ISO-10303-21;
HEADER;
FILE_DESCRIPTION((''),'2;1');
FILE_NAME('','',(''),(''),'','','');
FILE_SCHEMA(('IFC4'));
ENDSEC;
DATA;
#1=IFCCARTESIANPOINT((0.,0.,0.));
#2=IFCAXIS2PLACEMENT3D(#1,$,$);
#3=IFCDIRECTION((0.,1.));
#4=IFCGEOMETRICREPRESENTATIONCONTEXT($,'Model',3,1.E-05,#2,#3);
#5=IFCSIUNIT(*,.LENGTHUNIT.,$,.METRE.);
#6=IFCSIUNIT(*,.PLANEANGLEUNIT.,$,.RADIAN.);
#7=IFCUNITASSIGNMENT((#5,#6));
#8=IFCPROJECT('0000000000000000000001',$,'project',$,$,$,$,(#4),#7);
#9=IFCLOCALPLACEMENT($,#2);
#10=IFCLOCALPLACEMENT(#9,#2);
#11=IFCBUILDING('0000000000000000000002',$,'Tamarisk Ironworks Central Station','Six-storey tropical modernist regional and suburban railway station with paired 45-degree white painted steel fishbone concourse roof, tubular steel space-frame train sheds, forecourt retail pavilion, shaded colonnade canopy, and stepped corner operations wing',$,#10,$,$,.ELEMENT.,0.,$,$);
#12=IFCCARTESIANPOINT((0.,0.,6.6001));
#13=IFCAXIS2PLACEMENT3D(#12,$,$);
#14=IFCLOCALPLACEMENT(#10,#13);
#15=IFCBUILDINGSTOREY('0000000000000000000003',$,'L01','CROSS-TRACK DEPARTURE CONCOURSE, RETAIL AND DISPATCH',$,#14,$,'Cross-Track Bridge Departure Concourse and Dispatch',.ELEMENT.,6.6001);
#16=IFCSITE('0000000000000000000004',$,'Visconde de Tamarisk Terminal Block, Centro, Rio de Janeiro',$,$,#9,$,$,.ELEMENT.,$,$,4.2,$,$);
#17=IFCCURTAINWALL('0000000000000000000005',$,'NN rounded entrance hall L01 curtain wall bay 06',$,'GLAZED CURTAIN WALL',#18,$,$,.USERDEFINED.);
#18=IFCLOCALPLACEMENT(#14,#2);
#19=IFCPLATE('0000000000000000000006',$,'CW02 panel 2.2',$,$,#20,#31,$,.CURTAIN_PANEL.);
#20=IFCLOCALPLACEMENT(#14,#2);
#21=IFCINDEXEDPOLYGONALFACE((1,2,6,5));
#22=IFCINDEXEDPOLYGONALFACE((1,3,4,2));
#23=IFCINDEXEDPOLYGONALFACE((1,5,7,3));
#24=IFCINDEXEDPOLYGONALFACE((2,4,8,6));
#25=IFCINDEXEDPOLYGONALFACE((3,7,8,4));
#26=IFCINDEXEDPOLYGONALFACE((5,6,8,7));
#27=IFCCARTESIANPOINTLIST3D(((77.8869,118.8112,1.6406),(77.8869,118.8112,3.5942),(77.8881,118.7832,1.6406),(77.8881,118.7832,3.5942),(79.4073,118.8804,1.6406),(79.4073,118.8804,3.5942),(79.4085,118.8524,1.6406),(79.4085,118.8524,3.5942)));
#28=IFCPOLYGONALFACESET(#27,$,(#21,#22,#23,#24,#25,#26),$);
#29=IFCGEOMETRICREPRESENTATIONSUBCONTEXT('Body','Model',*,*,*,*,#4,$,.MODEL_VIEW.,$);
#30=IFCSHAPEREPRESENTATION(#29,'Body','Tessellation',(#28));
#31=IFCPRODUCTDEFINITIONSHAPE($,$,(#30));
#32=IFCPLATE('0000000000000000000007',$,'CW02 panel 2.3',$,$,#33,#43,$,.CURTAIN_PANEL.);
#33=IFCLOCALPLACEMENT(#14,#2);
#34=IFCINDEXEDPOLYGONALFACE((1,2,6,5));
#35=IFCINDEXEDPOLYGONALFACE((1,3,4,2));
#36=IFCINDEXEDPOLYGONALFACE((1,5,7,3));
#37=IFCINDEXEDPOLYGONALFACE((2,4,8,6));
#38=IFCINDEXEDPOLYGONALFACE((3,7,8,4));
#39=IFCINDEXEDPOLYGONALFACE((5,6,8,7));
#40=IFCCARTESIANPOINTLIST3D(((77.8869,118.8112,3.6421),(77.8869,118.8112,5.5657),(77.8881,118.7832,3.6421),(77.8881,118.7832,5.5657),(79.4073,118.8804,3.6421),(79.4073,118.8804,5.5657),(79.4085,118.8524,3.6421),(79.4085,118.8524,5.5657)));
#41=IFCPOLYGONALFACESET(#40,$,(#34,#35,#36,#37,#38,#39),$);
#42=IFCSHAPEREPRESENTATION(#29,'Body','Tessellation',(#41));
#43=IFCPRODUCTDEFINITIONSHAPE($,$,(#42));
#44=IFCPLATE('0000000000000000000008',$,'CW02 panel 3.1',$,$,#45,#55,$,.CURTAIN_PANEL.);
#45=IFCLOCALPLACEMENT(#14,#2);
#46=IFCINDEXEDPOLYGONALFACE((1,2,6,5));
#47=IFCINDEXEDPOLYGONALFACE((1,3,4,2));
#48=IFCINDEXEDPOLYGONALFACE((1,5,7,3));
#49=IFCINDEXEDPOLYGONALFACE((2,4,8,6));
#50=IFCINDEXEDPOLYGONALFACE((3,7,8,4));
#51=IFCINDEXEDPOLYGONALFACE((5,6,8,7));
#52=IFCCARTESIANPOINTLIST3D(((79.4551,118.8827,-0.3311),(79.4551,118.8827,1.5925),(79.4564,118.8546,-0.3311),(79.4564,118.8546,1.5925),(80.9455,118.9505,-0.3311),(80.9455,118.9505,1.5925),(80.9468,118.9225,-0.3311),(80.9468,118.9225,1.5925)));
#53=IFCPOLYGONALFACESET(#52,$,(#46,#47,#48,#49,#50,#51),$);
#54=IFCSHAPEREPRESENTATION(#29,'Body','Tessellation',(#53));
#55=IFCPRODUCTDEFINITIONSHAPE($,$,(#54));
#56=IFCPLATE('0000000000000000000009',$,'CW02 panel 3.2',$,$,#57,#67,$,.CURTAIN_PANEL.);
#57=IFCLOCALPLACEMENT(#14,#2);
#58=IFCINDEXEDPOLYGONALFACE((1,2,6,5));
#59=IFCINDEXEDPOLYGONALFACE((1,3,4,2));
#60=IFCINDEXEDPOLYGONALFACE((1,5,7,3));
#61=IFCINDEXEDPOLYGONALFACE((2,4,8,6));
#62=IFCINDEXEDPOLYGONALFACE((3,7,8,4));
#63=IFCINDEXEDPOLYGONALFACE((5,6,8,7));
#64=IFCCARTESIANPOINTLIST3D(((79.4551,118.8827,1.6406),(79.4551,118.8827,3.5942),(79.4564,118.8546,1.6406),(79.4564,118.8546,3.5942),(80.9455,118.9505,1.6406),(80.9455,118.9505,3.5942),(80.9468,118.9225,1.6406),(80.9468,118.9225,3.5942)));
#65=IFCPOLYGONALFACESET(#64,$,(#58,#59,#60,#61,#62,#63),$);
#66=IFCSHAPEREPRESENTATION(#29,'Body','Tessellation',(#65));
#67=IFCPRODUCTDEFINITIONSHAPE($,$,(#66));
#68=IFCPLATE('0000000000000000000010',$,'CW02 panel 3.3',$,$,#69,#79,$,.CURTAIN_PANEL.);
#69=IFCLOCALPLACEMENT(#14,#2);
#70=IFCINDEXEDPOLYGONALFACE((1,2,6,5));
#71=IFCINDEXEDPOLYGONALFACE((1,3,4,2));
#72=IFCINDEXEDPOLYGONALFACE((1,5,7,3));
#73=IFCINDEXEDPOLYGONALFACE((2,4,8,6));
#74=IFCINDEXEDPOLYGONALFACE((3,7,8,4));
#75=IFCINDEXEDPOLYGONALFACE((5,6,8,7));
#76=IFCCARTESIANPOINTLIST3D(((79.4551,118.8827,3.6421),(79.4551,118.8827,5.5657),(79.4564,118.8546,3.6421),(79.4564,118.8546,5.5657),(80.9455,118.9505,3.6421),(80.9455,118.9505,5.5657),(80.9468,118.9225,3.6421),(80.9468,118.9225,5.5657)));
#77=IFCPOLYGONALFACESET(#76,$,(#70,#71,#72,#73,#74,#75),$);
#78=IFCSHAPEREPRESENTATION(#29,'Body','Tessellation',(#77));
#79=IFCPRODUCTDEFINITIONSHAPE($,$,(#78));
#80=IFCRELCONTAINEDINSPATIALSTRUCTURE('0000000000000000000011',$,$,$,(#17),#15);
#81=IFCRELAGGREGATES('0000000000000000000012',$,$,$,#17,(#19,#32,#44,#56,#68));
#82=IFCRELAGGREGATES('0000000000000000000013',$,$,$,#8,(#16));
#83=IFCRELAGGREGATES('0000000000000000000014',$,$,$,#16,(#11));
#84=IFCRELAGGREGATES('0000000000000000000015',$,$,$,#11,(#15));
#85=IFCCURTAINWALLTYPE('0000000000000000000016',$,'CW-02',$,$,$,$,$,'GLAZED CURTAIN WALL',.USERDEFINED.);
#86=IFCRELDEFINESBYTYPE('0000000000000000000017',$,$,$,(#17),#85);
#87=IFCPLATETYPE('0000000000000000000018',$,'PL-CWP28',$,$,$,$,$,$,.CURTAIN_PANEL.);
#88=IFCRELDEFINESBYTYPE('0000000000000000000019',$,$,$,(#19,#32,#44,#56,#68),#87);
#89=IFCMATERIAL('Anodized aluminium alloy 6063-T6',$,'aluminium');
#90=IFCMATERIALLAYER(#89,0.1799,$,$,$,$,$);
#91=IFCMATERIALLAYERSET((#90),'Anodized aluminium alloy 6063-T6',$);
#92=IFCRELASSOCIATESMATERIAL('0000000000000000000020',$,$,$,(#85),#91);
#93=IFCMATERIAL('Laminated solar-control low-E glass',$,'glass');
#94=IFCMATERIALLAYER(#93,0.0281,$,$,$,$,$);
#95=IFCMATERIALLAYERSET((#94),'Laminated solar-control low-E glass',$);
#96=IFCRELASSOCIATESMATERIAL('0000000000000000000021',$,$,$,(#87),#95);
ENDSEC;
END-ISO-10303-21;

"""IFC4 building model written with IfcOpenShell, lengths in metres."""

from ifc_helpers import new_model, si_unit, direction, frame, origin, origin_2d, place, context, subcontext, project, spatial, rectangle, extrude, material, layer, layer_set, type_object, element, aggregate, save


model = new_model("IFC4")

# Units and contexts
model_context = context("Model", 3, precision=1e-05, world=origin(), true_north=direction((0.0, 1.0)))
body_context = subcontext(model_context, "Body", "Model", "MODEL_VIEW")
ifc_project = project(units=[si_unit("LENGTHUNIT", "METRE"), si_unit("PLANEANGLEUNIT", "RADIAN")], contexts=[model_context])

# Site, building, storey
site_placement = place(None, origin())
site = spatial("IfcSite", under=ifc_project, at=site_placement, Name="Visconde de Tamarisk Terminal Block, Centro, Rio de Janeiro", CompositionType="ELEMENT", RefElevation=4.2)
building_placement = place(site_placement, origin())
building = spatial("IfcBuilding", under=site, at=building_placement, Name="Tamarisk Ironworks Central Station", Description="Six-storey tropical modernist regional and suburban railway station with paired 45-degree white painted steel fishbone concourse roof, tubular steel space-frame train sheds, forecourt retail pavilion, shaded colonnade canopy, and stepped corner operations wing", CompositionType="ELEMENT", ElevationOfRefHeight=0.0)
storey_placement = place(building_placement, frame((0.0, 0.0, 6.6001)))
storey = spatial("IfcBuildingStorey", under=building, at=storey_placement, Name="L01", Description="CROSS-TRACK DEPARTURE CONCOURSE, RETAIL AND DISPATCH", LongName="Cross-Track Bridge Departure Concourse and Dispatch", CompositionType="ELEMENT", Elevation=6.6001)

# Curtain wall, plates
ifc_material_1 = material(Name="Anodized aluminium alloy 6063-T6", Category="aluminium")
ifc_layer_1 = layer(ifc_material_1, 0.1799)
ifc_layer_set_1 = layer_set([ifc_layer_1], Name="Anodized aluminium alloy 6063-T6")
curtain_wall_type = type_object("IfcCurtainWallType", Name="CW-02", ElementType="GLAZED CURTAIN WALL", PredefinedType="USERDEFINED", material=ifc_layer_set_1)
curtain_wall_placement = place(storey_placement, origin())
curtain_wall = element("IfcCurtainWall", 1, at=curtain_wall_placement, inside=storey, type_object=curtain_wall_type, Name="NN rounded entrance hall L01 curtain wall bay 06", ObjectType="GLAZED CURTAIN WALL", PredefinedType="USERDEFINED")
ifc_material_2 = material(Name="Laminated solar-control low-E glass", Category="glass")
ifc_layer_2 = layer(ifc_material_2, 0.0281)
ifc_layer_set_2 = layer_set([ifc_layer_2], Name="Laminated solar-control low-E glass")
plate_type = type_object("IfcPlateType", Name="PL-CWP28", PredefinedType="CURTAIN_PANEL", material=ifc_layer_set_2)
plate_1_placement = place(storey_placement, frame((78.6477, 118.8318, 1.6406), z_axis=(0.0, 0.0, 1.0), x_axis=(0.998965, 0.045481, 0.0)))
plate_1 = element("IfcPlate", 2, at=plate_1_placement, type_object=plate_type, Name="CW02 panel 2.2", PredefinedType="CURTAIN_PANEL", context=body_context, shape_type="SweptSolid", body=[
    extrude(rectangle(XDim=1.522, YDim=0.0281, at=origin_2d()), origin(), (0.0, 0.0, 1.0), 1.9536),
])
plate_2_placement = place(storey_placement, frame((78.6477, 118.8318, 3.6421), z_axis=(0.0, 0.0, 1.0), x_axis=(0.998965, 0.045481, 0.0)))
plate_2 = element("IfcPlate", 3, at=plate_2_placement, type_object=plate_type, Name="CW02 panel 2.3", PredefinedType="CURTAIN_PANEL", context=body_context, shape_type="SweptSolid", body=[
    extrude(rectangle(XDim=1.522, YDim=0.0281, at=origin_2d()), origin(), (0.0, 0.0, 1.0), 1.9236),
])
plate_3_placement = place(storey_placement, frame((80.2009, 118.9026, -0.3311), z_axis=(0.0, 0.0, 1.0), x_axis=(0.998965, 0.045481, 0.0)))
plate_3 = element("IfcPlate", 4, at=plate_3_placement, type_object=plate_type, Name="CW02 panel 3.1", PredefinedType="CURTAIN_PANEL", context=body_context, shape_type="SweptSolid", body=[
    extrude(rectangle(XDim=1.4919, YDim=0.0281, at=origin_2d()), origin(), (0.0, 0.0, 1.0), 1.9236),
])
plate_4_placement = place(storey_placement, frame((80.2009, 118.9026, 1.6406), z_axis=(0.0, 0.0, 1.0), x_axis=(0.998965, 0.045481, 0.0)))
plate_4 = element("IfcPlate", 5, at=plate_4_placement, type_object=plate_type, Name="CW02 panel 3.2", PredefinedType="CURTAIN_PANEL", context=body_context, shape_type="SweptSolid", body=[
    extrude(rectangle(XDim=1.4919, YDim=0.0281, at=origin_2d()), origin(), (0.0, 0.0, 1.0), 1.9536),
])
plate_5_placement = place(storey_placement, frame((80.2009, 118.9026, 3.6421), z_axis=(0.0, 0.0, 1.0), x_axis=(0.998965, 0.045481, 0.0)))
plate_5 = element("IfcPlate", 6, at=plate_5_placement, type_object=plate_type, Name="CW02 panel 3.3", PredefinedType="CURTAIN_PANEL", context=body_context, shape_type="SweptSolid", body=[
    extrude(rectangle(XDim=1.4919, YDim=0.0281, at=origin_2d()), origin(), (0.0, 0.0, 1.0), 1.9236),
])
aggregate(curtain_wall, [plate_1, plate_2, plate_3, plate_4, plate_5])

save(model, "model.ifc")
